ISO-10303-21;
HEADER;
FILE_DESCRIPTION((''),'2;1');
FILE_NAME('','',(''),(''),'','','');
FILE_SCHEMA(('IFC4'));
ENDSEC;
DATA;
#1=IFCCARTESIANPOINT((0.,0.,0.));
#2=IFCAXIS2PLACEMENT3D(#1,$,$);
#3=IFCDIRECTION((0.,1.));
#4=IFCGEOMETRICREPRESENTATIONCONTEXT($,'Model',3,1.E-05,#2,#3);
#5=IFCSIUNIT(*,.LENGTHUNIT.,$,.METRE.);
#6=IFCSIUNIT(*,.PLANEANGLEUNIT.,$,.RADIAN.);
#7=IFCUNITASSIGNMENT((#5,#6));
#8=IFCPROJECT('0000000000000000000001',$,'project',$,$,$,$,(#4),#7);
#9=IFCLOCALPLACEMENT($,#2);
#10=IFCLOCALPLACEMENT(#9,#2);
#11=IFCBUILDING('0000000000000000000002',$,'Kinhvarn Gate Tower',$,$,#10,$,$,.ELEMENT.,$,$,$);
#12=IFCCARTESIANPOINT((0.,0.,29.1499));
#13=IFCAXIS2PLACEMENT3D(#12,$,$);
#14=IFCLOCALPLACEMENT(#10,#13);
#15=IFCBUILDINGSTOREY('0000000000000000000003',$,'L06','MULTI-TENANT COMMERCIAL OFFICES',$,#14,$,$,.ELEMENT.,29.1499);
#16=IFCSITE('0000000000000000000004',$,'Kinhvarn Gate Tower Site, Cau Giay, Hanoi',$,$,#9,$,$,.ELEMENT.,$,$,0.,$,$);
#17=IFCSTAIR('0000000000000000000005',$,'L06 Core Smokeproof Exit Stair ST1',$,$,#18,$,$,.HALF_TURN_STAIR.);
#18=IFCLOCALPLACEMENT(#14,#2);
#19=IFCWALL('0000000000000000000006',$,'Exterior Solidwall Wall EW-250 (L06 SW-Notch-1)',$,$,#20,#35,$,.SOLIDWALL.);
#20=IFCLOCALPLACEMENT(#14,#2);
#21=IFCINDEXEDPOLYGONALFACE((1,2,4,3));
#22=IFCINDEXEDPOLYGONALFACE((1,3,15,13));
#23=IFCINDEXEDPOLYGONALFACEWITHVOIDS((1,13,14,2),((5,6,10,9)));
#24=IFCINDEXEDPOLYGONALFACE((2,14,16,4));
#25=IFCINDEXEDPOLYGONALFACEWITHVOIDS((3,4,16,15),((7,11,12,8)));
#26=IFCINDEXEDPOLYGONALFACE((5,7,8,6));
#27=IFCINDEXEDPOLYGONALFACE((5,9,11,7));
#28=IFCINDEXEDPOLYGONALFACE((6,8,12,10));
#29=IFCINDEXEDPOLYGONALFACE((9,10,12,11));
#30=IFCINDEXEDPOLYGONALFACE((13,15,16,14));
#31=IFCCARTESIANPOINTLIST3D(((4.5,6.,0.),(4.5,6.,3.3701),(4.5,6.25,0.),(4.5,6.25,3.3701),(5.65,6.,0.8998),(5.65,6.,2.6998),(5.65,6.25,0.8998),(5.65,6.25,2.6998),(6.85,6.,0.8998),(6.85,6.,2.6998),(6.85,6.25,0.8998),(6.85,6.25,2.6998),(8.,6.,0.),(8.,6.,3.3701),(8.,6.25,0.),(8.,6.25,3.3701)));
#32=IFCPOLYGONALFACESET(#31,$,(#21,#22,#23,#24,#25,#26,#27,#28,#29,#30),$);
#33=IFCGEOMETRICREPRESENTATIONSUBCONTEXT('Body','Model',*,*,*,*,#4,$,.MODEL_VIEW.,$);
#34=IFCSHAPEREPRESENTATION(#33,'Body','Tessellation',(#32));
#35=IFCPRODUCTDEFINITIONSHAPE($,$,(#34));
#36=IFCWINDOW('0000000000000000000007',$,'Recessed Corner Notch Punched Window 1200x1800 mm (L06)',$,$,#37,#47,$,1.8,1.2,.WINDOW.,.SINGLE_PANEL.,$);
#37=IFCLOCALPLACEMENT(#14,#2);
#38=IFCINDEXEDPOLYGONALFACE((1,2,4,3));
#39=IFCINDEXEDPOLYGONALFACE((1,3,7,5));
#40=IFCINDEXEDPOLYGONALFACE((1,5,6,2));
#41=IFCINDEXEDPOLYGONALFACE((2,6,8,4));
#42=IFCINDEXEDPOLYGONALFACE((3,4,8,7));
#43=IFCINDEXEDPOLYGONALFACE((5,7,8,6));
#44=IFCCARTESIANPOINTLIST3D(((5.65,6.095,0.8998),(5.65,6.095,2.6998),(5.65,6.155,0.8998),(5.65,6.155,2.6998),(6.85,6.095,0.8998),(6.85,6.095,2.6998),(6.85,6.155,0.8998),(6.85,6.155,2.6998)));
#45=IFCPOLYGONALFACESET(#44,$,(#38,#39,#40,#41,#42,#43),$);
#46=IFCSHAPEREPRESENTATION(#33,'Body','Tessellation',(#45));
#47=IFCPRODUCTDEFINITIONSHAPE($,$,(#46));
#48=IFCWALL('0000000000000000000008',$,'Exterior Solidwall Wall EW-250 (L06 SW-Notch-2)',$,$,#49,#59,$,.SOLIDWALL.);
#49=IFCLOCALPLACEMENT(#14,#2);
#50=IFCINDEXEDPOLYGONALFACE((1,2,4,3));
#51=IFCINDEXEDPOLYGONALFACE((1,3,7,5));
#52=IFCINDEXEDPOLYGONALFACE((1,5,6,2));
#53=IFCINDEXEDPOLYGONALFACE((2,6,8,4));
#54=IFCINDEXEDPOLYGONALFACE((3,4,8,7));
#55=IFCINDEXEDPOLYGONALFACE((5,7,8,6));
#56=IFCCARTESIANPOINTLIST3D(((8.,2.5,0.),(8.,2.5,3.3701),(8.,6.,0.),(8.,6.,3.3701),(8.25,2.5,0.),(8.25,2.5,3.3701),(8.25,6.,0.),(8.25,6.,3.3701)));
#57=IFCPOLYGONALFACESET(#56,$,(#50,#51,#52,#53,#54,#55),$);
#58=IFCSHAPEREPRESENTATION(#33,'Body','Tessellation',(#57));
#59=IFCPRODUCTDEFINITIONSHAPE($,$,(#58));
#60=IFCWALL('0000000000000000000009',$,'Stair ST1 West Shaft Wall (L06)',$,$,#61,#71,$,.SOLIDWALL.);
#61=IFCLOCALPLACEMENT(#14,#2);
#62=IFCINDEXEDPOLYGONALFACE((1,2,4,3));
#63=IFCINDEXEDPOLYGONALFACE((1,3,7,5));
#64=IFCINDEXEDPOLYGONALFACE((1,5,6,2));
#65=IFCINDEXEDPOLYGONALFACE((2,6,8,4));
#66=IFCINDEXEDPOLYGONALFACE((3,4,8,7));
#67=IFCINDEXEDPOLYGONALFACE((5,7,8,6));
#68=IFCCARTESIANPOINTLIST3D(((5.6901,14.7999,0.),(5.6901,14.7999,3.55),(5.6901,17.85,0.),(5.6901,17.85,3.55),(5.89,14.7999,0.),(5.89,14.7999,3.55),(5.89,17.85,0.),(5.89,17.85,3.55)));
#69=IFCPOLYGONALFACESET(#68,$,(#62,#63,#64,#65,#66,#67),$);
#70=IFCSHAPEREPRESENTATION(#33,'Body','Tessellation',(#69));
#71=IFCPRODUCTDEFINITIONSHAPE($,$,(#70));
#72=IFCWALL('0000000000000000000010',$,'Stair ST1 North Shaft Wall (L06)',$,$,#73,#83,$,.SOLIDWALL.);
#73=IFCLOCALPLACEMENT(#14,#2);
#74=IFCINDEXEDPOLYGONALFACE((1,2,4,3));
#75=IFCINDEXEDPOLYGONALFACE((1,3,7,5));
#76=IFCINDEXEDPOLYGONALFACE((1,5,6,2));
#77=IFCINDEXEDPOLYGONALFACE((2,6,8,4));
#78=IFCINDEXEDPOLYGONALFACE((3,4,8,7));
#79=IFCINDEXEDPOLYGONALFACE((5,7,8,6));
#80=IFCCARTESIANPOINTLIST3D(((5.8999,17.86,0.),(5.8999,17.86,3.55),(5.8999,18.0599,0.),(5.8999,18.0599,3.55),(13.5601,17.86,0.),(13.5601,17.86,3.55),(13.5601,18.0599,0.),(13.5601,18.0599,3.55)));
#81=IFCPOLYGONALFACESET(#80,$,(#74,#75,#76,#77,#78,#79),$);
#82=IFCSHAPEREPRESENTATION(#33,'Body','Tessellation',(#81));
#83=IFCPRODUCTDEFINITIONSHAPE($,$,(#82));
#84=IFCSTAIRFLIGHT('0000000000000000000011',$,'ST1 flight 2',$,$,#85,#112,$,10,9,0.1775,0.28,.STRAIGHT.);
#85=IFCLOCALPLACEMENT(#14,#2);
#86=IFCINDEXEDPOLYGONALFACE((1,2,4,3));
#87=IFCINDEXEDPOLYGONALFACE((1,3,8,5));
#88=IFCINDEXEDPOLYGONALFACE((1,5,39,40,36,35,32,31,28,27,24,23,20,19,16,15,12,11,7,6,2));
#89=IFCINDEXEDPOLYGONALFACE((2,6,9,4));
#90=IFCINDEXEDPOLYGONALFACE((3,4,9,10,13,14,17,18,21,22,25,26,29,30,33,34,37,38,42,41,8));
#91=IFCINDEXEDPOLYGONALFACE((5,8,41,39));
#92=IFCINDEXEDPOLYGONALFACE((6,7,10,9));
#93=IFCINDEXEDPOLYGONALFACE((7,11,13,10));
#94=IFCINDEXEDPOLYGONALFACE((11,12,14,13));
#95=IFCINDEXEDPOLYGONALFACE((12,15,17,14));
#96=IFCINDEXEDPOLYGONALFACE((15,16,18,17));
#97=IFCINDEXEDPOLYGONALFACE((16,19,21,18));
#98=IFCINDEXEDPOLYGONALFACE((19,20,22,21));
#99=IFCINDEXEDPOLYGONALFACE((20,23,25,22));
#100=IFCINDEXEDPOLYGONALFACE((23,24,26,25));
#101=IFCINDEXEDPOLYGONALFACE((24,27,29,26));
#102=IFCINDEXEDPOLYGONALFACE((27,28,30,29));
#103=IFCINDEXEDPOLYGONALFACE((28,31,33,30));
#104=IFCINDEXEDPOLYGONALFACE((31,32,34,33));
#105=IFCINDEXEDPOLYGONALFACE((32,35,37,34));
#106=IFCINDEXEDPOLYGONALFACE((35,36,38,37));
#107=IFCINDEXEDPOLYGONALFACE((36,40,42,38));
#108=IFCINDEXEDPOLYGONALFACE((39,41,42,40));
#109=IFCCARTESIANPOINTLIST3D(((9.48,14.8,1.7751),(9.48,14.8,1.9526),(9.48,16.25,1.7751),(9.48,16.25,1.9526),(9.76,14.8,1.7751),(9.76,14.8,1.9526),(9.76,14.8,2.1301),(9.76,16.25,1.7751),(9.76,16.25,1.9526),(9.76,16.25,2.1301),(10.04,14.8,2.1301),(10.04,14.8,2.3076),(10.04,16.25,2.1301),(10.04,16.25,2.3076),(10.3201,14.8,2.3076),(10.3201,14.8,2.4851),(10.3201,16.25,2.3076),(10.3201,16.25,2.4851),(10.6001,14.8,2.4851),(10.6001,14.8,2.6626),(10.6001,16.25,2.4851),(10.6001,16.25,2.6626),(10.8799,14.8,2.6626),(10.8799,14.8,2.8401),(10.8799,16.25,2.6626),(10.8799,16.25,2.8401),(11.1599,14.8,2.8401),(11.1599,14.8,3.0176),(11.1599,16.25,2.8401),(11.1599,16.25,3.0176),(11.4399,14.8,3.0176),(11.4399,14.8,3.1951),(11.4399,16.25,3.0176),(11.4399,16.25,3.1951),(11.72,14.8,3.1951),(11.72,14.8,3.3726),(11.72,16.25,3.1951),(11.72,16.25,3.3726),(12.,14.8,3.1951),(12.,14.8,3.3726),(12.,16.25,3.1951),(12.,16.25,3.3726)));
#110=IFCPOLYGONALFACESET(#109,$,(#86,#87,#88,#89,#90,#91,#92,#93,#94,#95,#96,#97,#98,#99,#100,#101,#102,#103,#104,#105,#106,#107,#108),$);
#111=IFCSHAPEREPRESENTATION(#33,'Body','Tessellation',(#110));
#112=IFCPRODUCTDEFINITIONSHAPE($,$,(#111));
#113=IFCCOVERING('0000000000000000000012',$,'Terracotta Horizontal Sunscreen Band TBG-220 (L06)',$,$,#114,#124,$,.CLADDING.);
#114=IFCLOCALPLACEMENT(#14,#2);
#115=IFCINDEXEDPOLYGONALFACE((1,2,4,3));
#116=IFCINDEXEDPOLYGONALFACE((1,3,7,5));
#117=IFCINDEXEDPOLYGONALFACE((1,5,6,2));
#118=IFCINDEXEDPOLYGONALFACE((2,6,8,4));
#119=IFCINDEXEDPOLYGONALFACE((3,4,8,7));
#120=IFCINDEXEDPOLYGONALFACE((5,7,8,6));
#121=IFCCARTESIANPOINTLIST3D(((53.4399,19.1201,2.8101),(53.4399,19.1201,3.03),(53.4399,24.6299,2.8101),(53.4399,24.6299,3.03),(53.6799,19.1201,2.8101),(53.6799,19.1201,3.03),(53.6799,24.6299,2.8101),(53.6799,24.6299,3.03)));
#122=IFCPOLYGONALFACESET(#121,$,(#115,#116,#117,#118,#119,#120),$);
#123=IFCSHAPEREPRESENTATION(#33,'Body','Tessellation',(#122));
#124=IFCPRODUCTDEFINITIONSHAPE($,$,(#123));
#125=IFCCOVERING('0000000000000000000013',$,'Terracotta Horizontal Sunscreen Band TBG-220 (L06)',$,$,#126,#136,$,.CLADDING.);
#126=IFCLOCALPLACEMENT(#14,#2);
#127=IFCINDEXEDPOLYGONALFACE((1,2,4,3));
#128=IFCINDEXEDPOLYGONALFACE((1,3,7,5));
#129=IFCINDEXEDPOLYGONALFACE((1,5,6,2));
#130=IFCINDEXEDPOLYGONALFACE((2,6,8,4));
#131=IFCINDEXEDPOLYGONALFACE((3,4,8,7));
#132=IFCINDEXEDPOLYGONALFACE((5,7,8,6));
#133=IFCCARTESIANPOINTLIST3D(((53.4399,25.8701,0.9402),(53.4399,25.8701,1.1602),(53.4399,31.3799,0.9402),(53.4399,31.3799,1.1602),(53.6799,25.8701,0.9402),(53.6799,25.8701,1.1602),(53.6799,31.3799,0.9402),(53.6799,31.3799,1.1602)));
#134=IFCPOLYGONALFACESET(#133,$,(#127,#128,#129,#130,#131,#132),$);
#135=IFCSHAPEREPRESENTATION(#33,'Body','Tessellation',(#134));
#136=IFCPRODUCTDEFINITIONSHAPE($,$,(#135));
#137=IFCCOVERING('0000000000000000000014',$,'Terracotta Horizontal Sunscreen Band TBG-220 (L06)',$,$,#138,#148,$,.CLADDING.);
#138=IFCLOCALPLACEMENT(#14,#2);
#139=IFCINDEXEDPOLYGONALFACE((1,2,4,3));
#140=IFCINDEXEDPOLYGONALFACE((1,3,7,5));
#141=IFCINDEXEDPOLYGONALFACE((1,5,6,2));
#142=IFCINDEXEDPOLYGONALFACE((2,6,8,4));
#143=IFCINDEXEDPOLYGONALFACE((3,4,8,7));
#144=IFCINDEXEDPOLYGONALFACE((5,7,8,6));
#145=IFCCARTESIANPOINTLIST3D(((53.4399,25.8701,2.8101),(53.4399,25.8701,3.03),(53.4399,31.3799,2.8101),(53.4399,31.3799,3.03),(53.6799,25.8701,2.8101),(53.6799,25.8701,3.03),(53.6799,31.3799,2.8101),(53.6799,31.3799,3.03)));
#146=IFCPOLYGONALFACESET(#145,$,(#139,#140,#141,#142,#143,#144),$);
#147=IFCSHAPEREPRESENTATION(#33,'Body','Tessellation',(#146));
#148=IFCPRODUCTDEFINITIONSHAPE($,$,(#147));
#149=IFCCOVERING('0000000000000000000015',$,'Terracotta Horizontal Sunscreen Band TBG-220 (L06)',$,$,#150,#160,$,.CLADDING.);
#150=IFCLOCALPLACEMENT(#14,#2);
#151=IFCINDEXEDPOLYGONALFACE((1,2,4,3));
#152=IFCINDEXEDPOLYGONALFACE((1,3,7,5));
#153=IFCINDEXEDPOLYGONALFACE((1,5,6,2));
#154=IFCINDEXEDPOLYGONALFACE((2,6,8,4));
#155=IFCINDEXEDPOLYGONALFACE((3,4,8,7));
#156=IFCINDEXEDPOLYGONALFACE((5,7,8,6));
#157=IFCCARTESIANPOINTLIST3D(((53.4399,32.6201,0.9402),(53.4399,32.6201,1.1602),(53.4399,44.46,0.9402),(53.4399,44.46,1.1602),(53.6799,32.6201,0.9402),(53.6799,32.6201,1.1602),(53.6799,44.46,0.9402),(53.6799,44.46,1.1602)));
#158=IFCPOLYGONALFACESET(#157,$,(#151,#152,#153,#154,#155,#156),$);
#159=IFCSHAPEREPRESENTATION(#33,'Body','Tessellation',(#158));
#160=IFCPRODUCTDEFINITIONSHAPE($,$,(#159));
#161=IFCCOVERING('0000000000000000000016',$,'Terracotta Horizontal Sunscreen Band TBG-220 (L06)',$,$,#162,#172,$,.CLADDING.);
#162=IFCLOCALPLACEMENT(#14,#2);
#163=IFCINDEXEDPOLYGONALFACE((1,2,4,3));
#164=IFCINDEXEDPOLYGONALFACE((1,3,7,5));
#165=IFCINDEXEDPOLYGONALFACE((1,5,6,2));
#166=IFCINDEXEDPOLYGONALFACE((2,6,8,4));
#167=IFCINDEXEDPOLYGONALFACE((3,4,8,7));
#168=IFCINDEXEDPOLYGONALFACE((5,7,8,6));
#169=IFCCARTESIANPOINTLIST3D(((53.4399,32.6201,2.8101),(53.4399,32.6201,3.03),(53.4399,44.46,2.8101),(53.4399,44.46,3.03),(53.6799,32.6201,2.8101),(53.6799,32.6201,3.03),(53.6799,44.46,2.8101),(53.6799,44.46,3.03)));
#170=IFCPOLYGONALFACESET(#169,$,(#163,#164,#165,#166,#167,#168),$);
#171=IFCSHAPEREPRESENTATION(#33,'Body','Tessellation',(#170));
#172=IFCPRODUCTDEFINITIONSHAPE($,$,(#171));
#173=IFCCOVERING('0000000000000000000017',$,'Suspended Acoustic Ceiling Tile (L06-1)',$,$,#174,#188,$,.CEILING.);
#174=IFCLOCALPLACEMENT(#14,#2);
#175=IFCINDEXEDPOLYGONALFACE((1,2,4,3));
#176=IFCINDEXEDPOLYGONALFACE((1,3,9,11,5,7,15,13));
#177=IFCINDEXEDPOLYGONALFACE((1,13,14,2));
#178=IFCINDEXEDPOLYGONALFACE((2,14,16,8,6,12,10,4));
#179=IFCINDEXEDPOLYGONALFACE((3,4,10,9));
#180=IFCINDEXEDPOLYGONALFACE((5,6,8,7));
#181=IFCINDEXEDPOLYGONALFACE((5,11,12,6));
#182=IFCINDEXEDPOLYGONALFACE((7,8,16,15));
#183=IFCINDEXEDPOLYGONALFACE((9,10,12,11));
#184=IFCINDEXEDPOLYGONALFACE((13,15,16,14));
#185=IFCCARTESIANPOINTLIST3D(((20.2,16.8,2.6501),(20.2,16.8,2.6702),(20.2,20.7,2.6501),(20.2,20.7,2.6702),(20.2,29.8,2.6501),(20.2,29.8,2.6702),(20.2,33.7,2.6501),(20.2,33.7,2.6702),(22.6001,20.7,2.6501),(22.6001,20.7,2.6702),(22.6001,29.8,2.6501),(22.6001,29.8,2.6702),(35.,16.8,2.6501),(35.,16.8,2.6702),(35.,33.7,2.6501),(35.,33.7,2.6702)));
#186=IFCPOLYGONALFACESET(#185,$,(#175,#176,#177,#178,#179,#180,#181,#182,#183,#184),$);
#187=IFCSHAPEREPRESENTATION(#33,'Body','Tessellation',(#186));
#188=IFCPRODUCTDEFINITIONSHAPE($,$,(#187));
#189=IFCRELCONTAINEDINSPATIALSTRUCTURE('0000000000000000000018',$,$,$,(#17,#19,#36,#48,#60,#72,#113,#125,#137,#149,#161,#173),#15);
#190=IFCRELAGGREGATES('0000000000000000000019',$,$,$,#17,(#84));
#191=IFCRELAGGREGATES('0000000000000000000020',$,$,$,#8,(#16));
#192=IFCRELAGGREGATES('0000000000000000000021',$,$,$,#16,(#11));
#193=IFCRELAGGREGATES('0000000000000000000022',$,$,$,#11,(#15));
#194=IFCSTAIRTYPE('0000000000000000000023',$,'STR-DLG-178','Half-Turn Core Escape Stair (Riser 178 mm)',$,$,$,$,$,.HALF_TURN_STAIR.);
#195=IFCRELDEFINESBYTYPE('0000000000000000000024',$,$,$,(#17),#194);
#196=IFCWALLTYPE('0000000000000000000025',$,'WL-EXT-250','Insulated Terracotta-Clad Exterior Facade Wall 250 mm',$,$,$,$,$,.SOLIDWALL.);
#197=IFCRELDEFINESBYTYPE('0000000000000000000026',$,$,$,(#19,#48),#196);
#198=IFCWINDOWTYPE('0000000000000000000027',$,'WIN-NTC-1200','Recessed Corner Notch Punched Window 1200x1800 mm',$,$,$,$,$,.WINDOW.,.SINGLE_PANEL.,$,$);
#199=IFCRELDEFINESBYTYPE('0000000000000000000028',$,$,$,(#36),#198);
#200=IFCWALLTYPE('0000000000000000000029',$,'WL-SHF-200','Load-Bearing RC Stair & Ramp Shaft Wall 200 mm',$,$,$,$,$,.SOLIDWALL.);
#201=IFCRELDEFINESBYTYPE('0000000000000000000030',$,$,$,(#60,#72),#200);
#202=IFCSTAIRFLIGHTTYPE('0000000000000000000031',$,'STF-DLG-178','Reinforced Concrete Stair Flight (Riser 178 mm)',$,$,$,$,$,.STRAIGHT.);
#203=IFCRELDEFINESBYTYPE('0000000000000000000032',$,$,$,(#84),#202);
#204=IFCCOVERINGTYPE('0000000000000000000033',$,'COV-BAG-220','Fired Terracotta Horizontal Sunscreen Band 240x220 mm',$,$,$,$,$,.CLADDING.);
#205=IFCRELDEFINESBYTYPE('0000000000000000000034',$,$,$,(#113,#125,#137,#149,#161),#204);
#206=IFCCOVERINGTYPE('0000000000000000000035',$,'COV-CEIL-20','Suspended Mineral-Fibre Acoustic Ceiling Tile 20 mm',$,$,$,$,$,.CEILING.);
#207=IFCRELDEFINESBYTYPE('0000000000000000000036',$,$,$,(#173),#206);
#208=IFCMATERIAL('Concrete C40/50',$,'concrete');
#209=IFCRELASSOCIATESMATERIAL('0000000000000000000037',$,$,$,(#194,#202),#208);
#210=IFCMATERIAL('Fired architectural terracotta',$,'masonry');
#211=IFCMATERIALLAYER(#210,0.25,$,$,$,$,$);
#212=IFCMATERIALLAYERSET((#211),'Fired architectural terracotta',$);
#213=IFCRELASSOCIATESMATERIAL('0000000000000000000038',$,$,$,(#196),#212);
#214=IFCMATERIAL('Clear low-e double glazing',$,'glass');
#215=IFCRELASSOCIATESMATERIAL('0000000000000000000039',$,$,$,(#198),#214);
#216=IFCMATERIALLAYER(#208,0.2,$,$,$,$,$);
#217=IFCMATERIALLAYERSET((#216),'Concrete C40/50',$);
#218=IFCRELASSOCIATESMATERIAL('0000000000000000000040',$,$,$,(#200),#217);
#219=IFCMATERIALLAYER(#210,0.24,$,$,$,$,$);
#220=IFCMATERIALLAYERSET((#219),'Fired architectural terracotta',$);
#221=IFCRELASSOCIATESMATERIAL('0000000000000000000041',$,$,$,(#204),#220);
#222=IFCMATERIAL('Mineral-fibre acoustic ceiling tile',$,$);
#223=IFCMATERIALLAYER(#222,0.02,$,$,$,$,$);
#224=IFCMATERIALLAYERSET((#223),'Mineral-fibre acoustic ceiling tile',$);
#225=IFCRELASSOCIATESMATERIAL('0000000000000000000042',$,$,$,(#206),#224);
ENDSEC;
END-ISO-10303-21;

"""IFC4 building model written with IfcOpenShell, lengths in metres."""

from ifc_helpers import new_model, si_unit, direction, frame, frame_2d, origin, place, context, subcontext, project, spatial, polyline, rectangle, outline, extrude, material, layer, layer_set, type_object, element, fill, aggregate, save


model = new_model("IFC4")

# Units and contexts
model_context = context("Model", 3, precision=1e-05, world=origin(), true_north=direction((0.0, 1.0)))
body_context = subcontext(model_context, "Body", "Model", "MODEL_VIEW")
ifc_project = project(units=[si_unit("LENGTHUNIT", "METRE"), si_unit("PLANEANGLEUNIT", "RADIAN")], contexts=[model_context])

# Site, building, storey
site_placement = place(None, origin())
site = spatial("IfcSite", under=ifc_project, at=site_placement, Name="Kinhvarn Gate Tower Site, Cau Giay, Hanoi", CompositionType="ELEMENT", RefElevation=0.0)
building_placement = place(site_placement, origin())
building = spatial("IfcBuilding", under=site, at=building_placement, Name="Kinhvarn Gate Tower", CompositionType="ELEMENT")
storey_placement = place(building_placement, frame((0.0, 0.0, 29.1499)))
storey = spatial("IfcBuildingStorey", under=building, at=storey_placement, Name="L06", Description="MULTI-TENANT COMMERCIAL OFFICES", CompositionType="ELEMENT", Elevation=29.1499)

# Shared definitions
ifc_material_1 = material(Name="Clear low-e double glazing", Category="glass")

# Stair
ifc_material_2 = material(Name="Concrete C40/50", Category="concrete")
stair_type = type_object("IfcStairType", Name="STR-DLG-178", Description="Half-Turn Core Escape Stair (Riser 178 mm)", PredefinedType="HALF_TURN_STAIR", material=ifc_material_2)
stair_1_placement = place(storey_placement, origin())
stair_1 = element("IfcStair", 1, at=stair_1_placement, inside=storey, type_object=stair_type, Name="L06 Core Smokeproof Exit Stair ST1", PredefinedType="HALF_TURN_STAIR")

# Wall, opening, window
ifc_material_3 = material(Name="Fired architectural terracotta", Category="masonry")
ifc_layer_1 = layer(ifc_material_3, 0.25)
ifc_layer_set_1 = layer_set([ifc_layer_1], Name="Fired architectural terracotta")
wall_type_1 = type_object("IfcWallType", Name="WL-EXT-250", Description="Insulated Terracotta-Clad Exterior Facade Wall 250 mm", PredefinedType="SOLIDWALL", material=ifc_layer_set_1)
wall_1_placement = place(storey_placement, frame((4.5, 6.125, 0.0), z_axis=(0.0, 0.0, 1.0), x_axis=(1.0, 0.0, 0.0)))
wall_1 = element("IfcWall", 2, at=wall_1_placement, inside=storey, type_object=wall_type_1, Name="Exterior Solidwall Wall EW-250 (L06 SW-Notch-1)", PredefinedType="SOLIDWALL", context=body_context, shape_type="SweptSolid", body=[
    extrude(rectangle(XDim=3.5, YDim=0.25, at=frame_2d((1.75, 0.0))), origin(), (0.0, 0.0, 1.0), 3.3701),
])
opening_1_placement = place(wall_1_placement, frame((1.1499, 0.0, 0.8999)))
opening_1 = element("IfcOpeningElement", 3, at=opening_1_placement, cuts=wall_1, PredefinedType="OPENING", context=body_context, shape_type="SweptSolid", body=[
    extrude(rectangle(XDim=1.2, YDim=1.8, at=frame_2d((0.6001, 0.8999))), frame((0.0, 0.135, 0.0), z_axis=(0.0, -1.0, 0.0), x_axis=(1.0, 0.0, 0.0)), (0.0, 0.0, 1.0), 0.27),
])
window_type_1 = type_object("IfcWindowType", Name="WIN-NTC-1200", Description="Recessed Corner Notch Punched Window 1200x1800 mm", PartitioningType="SINGLE_PANEL", PredefinedType="WINDOW", material=ifc_material_1)
window_1_placement = place(opening_1_placement, origin())
window_1 = element("IfcWindow", 4, at=window_1_placement, inside=storey, type_object=window_type_1, Name="Recessed Corner Notch Punched Window 1200x1800 mm (L06)", OverallHeight=1.8, OverallWidth=1.2, PartitioningType="SINGLE_PANEL", PredefinedType="WINDOW", context=body_context, shape_type="SweptSolid", body=[
    extrude(rectangle(XDim=1.2, YDim=1.8, at=frame_2d((0.6001, 0.8999))), frame((0.0, 0.03, 0.0), z_axis=(0.0, -1.0, 0.0), x_axis=(1.0, 0.0, 0.0)), (0.0, 0.0, 1.0), 0.0601),
])
fill(opening_1, window_1)

# Walls
wall_2_placement = place(storey_placement, frame((8.125, 6.0, 0.0), z_axis=(0.0, 0.0, 1.0), x_axis=(0.0, -1.0, 0.0)))
element("IfcWall", 5, at=wall_2_placement, inside=storey, type_object=wall_type_1, Name="Exterior Solidwall Wall EW-250 (L06 SW-Notch-2)", PredefinedType="SOLIDWALL", context=body_context, shape_type="SweptSolid", body=[
    extrude(rectangle(XDim=3.5, YDim=0.25, at=frame_2d((1.75, 0.0))), origin(), (0.0, 0.0, 1.0), 3.3701),
])
ifc_layer_2 = layer(ifc_material_2, 0.2)
ifc_layer_set_2 = layer_set([ifc_layer_2], Name="Concrete C40/50")
wall_type_2 = type_object("IfcWallType", Name="WL-SHF-200", Description="Load-Bearing RC Stair & Ramp Shaft Wall 200 mm", PredefinedType="SOLIDWALL", material=ifc_layer_set_2)
wall_3_placement = place(storey_placement, frame((5.79, 14.8, 0.0), z_axis=(0.0, 0.0, 1.0), x_axis=(0.0, 1.0, 0.0)))
element("IfcWall", 6, at=wall_3_placement, inside=storey, type_object=wall_type_2, Name="Stair ST1 West Shaft Wall (L06)", PredefinedType="SOLIDWALL", context=body_context, shape_type="SweptSolid", body=[
    extrude(rectangle(XDim=3.05, YDim=0.2, at=frame_2d((1.5249, 0.0))), origin(), (0.0, 0.0, 1.0), 3.55),
])
wall_4_placement = place(storey_placement, frame((5.8999, 17.96, 0.0), z_axis=(0.0, 0.0, 1.0), x_axis=(1.0, 0.0, 0.0)))
element("IfcWall", 7, at=wall_4_placement, inside=storey, type_object=wall_type_2, Name="Stair ST1 North Shaft Wall (L06)", PredefinedType="SOLIDWALL", context=body_context, shape_type="SweptSolid", body=[
    extrude(rectangle(XDim=7.6602, YDim=0.2, at=frame_2d((3.8301, 0.0))), origin(), (0.0, 0.0, 1.0), 3.55),
])

# Stair flight
stair_flight_type = type_object("IfcStairFlightType", Name="STF-DLG-178", Description="Reinforced Concrete Stair Flight (Riser 178 mm)", PredefinedType="STRAIGHT", material=ifc_material_2)
stair_flight_placement = place(storey_placement, frame((9.48, 15.5249, 1.7751), z_axis=(0.0, 0.0, 1.0), x_axis=(1.0, 0.0, 0.0)))
stair_flight = element("IfcStairFlight", 8, at=stair_flight_placement, type_object=stair_flight_type, Name="ST1 flight 2", NumberOfRisers=10, NumberOfTreads=9, PredefinedType="STRAIGHT", RiserHeight=0.1775, TreadLength=0.28, context=body_context, shape_type="SweptSolid", body=[
    extrude(outline(polyline([(0.0, 0.0), (0.0, 0.1775), (0.28, 0.1775), (0.28, 0.355), (0.5601, 0.355), (0.5601, 0.5325), (0.8401, 0.5325), (0.8401, 0.71), (1.1201, 0.71), (1.1201, 0.8875), (1.3999, 0.8875), (1.3999, 1.0649), (1.6799, 1.0649), (1.6799, 1.2424), (1.96, 1.2424), (1.96, 1.4199), (2.24, 1.4199), (2.24, 1.5974), (2.52, 1.5974), (2.52, 1.7749), (2.52, 1.4199), (0.28, 0.0), (0.0, 0.0)])), frame((0.0, 0.7251, 0.0), z_axis=(0.0, -1.0, 0.0), x_axis=(1.0, 0.0, 0.0)), (0.0, 0.0, 1.0), 1.45),
])
aggregate(stair_1, [stair_flight])

# Coverings
ifc_layer_3 = layer(ifc_material_3, 0.24)
ifc_layer_set_3 = layer_set([ifc_layer_3], Name="Fired architectural terracotta")
covering_type_1 = type_object("IfcCoveringType", Name="COV-BAG-220", Description="Fired Terracotta Horizontal Sunscreen Band 240x220 mm", PredefinedType="CLADDING", material=ifc_layer_set_3)
covering_1_placement = place(storey_placement, frame((0.0, 0.0, 2.8101)))
element("IfcCovering", 9, at=covering_1_placement, inside=storey, type_object=covering_type_1, Name="Terracotta Horizontal Sunscreen Band TBG-220 (L06)", PredefinedType="CLADDING", context=body_context, shape_type="SweptSolid", body=[
    extrude(outline(polyline([(53.4399, 19.1201), (53.4399, 24.6299), (53.6799, 24.6299), (53.6799, 19.1201), (53.4399, 19.1201)])), origin(), (0.0, 0.0, 1.0), 0.22),
])
for number, where, name in (
    (10, (0.0, 0.0, 0.9402), "Terracotta Horizontal Sunscreen Band TBG-220 (L06)"),
    (11, (0.0, 0.0, 2.8101), "Terracotta Horizontal Sunscreen Band TBG-220 (L06)"),
):
    element("IfcCovering", number, at=place(storey_placement, frame(where)), inside=storey, type_object=covering_type_1, Name=name, PredefinedType="CLADDING", context=body_context, shape_type="SweptSolid", body=[
        extrude(outline(polyline([(53.4399, 25.8701), (53.4399, 31.3799), (53.6799, 31.3799), (53.6799, 25.8701), (53.4399, 25.8701)])), origin(), (0.0, 0.0, 1.0), 0.22),
    ])
for number, where, name in (
    (12, (0.0, 0.0, 0.9402), "Terracotta Horizontal Sunscreen Band TBG-220 (L06)"),
    (13, (0.0, 0.0, 2.8101), "Terracotta Horizontal Sunscreen Band TBG-220 (L06)"),
):
    element("IfcCovering", number, at=place(storey_placement, frame(where)), inside=storey, type_object=covering_type_1, Name=name, PredefinedType="CLADDING", context=body_context, shape_type="SweptSolid", body=[
        extrude(outline(polyline([(53.4399, 32.6201), (53.4399, 44.46), (53.6799, 44.46), (53.6799, 32.6201), (53.4399, 32.6201)])), origin(), (0.0, 0.0, 1.0), 0.22),
    ])
ifc_material_4 = material(Name="Mineral-fibre acoustic ceiling tile")
ifc_layer_4 = layer(ifc_material_4, 0.02)
ifc_layer_set_4 = layer_set([ifc_layer_4], Name="Mineral-fibre acoustic ceiling tile")
covering_type_2 = type_object("IfcCoveringType", Name="COV-CEIL-20", Description="Suspended Mineral-Fibre Acoustic Ceiling Tile 20 mm", PredefinedType="CEILING", material=ifc_layer_set_4)
covering_2_placement = place(storey_placement, frame((0.0, 0.0, 2.6501)))
element("IfcCovering", 14, at=covering_2_placement, inside=storey, type_object=covering_type_2, Name="Suspended Acoustic Ceiling Tile (L06-1)", PredefinedType="CEILING", context=body_context, shape_type="SweptSolid", body=[
    extrude(outline(polyline([(35.0, 33.7), (35.0, 16.8), (20.2, 16.8), (20.2, 20.7), (22.6001, 20.7), (22.6001, 29.8), (20.2, 29.8), (20.2, 33.7), (35.0, 33.7)])), origin(), (0.0, 0.0, 1.0), 0.02),
])

save(model, "model.ifc")
